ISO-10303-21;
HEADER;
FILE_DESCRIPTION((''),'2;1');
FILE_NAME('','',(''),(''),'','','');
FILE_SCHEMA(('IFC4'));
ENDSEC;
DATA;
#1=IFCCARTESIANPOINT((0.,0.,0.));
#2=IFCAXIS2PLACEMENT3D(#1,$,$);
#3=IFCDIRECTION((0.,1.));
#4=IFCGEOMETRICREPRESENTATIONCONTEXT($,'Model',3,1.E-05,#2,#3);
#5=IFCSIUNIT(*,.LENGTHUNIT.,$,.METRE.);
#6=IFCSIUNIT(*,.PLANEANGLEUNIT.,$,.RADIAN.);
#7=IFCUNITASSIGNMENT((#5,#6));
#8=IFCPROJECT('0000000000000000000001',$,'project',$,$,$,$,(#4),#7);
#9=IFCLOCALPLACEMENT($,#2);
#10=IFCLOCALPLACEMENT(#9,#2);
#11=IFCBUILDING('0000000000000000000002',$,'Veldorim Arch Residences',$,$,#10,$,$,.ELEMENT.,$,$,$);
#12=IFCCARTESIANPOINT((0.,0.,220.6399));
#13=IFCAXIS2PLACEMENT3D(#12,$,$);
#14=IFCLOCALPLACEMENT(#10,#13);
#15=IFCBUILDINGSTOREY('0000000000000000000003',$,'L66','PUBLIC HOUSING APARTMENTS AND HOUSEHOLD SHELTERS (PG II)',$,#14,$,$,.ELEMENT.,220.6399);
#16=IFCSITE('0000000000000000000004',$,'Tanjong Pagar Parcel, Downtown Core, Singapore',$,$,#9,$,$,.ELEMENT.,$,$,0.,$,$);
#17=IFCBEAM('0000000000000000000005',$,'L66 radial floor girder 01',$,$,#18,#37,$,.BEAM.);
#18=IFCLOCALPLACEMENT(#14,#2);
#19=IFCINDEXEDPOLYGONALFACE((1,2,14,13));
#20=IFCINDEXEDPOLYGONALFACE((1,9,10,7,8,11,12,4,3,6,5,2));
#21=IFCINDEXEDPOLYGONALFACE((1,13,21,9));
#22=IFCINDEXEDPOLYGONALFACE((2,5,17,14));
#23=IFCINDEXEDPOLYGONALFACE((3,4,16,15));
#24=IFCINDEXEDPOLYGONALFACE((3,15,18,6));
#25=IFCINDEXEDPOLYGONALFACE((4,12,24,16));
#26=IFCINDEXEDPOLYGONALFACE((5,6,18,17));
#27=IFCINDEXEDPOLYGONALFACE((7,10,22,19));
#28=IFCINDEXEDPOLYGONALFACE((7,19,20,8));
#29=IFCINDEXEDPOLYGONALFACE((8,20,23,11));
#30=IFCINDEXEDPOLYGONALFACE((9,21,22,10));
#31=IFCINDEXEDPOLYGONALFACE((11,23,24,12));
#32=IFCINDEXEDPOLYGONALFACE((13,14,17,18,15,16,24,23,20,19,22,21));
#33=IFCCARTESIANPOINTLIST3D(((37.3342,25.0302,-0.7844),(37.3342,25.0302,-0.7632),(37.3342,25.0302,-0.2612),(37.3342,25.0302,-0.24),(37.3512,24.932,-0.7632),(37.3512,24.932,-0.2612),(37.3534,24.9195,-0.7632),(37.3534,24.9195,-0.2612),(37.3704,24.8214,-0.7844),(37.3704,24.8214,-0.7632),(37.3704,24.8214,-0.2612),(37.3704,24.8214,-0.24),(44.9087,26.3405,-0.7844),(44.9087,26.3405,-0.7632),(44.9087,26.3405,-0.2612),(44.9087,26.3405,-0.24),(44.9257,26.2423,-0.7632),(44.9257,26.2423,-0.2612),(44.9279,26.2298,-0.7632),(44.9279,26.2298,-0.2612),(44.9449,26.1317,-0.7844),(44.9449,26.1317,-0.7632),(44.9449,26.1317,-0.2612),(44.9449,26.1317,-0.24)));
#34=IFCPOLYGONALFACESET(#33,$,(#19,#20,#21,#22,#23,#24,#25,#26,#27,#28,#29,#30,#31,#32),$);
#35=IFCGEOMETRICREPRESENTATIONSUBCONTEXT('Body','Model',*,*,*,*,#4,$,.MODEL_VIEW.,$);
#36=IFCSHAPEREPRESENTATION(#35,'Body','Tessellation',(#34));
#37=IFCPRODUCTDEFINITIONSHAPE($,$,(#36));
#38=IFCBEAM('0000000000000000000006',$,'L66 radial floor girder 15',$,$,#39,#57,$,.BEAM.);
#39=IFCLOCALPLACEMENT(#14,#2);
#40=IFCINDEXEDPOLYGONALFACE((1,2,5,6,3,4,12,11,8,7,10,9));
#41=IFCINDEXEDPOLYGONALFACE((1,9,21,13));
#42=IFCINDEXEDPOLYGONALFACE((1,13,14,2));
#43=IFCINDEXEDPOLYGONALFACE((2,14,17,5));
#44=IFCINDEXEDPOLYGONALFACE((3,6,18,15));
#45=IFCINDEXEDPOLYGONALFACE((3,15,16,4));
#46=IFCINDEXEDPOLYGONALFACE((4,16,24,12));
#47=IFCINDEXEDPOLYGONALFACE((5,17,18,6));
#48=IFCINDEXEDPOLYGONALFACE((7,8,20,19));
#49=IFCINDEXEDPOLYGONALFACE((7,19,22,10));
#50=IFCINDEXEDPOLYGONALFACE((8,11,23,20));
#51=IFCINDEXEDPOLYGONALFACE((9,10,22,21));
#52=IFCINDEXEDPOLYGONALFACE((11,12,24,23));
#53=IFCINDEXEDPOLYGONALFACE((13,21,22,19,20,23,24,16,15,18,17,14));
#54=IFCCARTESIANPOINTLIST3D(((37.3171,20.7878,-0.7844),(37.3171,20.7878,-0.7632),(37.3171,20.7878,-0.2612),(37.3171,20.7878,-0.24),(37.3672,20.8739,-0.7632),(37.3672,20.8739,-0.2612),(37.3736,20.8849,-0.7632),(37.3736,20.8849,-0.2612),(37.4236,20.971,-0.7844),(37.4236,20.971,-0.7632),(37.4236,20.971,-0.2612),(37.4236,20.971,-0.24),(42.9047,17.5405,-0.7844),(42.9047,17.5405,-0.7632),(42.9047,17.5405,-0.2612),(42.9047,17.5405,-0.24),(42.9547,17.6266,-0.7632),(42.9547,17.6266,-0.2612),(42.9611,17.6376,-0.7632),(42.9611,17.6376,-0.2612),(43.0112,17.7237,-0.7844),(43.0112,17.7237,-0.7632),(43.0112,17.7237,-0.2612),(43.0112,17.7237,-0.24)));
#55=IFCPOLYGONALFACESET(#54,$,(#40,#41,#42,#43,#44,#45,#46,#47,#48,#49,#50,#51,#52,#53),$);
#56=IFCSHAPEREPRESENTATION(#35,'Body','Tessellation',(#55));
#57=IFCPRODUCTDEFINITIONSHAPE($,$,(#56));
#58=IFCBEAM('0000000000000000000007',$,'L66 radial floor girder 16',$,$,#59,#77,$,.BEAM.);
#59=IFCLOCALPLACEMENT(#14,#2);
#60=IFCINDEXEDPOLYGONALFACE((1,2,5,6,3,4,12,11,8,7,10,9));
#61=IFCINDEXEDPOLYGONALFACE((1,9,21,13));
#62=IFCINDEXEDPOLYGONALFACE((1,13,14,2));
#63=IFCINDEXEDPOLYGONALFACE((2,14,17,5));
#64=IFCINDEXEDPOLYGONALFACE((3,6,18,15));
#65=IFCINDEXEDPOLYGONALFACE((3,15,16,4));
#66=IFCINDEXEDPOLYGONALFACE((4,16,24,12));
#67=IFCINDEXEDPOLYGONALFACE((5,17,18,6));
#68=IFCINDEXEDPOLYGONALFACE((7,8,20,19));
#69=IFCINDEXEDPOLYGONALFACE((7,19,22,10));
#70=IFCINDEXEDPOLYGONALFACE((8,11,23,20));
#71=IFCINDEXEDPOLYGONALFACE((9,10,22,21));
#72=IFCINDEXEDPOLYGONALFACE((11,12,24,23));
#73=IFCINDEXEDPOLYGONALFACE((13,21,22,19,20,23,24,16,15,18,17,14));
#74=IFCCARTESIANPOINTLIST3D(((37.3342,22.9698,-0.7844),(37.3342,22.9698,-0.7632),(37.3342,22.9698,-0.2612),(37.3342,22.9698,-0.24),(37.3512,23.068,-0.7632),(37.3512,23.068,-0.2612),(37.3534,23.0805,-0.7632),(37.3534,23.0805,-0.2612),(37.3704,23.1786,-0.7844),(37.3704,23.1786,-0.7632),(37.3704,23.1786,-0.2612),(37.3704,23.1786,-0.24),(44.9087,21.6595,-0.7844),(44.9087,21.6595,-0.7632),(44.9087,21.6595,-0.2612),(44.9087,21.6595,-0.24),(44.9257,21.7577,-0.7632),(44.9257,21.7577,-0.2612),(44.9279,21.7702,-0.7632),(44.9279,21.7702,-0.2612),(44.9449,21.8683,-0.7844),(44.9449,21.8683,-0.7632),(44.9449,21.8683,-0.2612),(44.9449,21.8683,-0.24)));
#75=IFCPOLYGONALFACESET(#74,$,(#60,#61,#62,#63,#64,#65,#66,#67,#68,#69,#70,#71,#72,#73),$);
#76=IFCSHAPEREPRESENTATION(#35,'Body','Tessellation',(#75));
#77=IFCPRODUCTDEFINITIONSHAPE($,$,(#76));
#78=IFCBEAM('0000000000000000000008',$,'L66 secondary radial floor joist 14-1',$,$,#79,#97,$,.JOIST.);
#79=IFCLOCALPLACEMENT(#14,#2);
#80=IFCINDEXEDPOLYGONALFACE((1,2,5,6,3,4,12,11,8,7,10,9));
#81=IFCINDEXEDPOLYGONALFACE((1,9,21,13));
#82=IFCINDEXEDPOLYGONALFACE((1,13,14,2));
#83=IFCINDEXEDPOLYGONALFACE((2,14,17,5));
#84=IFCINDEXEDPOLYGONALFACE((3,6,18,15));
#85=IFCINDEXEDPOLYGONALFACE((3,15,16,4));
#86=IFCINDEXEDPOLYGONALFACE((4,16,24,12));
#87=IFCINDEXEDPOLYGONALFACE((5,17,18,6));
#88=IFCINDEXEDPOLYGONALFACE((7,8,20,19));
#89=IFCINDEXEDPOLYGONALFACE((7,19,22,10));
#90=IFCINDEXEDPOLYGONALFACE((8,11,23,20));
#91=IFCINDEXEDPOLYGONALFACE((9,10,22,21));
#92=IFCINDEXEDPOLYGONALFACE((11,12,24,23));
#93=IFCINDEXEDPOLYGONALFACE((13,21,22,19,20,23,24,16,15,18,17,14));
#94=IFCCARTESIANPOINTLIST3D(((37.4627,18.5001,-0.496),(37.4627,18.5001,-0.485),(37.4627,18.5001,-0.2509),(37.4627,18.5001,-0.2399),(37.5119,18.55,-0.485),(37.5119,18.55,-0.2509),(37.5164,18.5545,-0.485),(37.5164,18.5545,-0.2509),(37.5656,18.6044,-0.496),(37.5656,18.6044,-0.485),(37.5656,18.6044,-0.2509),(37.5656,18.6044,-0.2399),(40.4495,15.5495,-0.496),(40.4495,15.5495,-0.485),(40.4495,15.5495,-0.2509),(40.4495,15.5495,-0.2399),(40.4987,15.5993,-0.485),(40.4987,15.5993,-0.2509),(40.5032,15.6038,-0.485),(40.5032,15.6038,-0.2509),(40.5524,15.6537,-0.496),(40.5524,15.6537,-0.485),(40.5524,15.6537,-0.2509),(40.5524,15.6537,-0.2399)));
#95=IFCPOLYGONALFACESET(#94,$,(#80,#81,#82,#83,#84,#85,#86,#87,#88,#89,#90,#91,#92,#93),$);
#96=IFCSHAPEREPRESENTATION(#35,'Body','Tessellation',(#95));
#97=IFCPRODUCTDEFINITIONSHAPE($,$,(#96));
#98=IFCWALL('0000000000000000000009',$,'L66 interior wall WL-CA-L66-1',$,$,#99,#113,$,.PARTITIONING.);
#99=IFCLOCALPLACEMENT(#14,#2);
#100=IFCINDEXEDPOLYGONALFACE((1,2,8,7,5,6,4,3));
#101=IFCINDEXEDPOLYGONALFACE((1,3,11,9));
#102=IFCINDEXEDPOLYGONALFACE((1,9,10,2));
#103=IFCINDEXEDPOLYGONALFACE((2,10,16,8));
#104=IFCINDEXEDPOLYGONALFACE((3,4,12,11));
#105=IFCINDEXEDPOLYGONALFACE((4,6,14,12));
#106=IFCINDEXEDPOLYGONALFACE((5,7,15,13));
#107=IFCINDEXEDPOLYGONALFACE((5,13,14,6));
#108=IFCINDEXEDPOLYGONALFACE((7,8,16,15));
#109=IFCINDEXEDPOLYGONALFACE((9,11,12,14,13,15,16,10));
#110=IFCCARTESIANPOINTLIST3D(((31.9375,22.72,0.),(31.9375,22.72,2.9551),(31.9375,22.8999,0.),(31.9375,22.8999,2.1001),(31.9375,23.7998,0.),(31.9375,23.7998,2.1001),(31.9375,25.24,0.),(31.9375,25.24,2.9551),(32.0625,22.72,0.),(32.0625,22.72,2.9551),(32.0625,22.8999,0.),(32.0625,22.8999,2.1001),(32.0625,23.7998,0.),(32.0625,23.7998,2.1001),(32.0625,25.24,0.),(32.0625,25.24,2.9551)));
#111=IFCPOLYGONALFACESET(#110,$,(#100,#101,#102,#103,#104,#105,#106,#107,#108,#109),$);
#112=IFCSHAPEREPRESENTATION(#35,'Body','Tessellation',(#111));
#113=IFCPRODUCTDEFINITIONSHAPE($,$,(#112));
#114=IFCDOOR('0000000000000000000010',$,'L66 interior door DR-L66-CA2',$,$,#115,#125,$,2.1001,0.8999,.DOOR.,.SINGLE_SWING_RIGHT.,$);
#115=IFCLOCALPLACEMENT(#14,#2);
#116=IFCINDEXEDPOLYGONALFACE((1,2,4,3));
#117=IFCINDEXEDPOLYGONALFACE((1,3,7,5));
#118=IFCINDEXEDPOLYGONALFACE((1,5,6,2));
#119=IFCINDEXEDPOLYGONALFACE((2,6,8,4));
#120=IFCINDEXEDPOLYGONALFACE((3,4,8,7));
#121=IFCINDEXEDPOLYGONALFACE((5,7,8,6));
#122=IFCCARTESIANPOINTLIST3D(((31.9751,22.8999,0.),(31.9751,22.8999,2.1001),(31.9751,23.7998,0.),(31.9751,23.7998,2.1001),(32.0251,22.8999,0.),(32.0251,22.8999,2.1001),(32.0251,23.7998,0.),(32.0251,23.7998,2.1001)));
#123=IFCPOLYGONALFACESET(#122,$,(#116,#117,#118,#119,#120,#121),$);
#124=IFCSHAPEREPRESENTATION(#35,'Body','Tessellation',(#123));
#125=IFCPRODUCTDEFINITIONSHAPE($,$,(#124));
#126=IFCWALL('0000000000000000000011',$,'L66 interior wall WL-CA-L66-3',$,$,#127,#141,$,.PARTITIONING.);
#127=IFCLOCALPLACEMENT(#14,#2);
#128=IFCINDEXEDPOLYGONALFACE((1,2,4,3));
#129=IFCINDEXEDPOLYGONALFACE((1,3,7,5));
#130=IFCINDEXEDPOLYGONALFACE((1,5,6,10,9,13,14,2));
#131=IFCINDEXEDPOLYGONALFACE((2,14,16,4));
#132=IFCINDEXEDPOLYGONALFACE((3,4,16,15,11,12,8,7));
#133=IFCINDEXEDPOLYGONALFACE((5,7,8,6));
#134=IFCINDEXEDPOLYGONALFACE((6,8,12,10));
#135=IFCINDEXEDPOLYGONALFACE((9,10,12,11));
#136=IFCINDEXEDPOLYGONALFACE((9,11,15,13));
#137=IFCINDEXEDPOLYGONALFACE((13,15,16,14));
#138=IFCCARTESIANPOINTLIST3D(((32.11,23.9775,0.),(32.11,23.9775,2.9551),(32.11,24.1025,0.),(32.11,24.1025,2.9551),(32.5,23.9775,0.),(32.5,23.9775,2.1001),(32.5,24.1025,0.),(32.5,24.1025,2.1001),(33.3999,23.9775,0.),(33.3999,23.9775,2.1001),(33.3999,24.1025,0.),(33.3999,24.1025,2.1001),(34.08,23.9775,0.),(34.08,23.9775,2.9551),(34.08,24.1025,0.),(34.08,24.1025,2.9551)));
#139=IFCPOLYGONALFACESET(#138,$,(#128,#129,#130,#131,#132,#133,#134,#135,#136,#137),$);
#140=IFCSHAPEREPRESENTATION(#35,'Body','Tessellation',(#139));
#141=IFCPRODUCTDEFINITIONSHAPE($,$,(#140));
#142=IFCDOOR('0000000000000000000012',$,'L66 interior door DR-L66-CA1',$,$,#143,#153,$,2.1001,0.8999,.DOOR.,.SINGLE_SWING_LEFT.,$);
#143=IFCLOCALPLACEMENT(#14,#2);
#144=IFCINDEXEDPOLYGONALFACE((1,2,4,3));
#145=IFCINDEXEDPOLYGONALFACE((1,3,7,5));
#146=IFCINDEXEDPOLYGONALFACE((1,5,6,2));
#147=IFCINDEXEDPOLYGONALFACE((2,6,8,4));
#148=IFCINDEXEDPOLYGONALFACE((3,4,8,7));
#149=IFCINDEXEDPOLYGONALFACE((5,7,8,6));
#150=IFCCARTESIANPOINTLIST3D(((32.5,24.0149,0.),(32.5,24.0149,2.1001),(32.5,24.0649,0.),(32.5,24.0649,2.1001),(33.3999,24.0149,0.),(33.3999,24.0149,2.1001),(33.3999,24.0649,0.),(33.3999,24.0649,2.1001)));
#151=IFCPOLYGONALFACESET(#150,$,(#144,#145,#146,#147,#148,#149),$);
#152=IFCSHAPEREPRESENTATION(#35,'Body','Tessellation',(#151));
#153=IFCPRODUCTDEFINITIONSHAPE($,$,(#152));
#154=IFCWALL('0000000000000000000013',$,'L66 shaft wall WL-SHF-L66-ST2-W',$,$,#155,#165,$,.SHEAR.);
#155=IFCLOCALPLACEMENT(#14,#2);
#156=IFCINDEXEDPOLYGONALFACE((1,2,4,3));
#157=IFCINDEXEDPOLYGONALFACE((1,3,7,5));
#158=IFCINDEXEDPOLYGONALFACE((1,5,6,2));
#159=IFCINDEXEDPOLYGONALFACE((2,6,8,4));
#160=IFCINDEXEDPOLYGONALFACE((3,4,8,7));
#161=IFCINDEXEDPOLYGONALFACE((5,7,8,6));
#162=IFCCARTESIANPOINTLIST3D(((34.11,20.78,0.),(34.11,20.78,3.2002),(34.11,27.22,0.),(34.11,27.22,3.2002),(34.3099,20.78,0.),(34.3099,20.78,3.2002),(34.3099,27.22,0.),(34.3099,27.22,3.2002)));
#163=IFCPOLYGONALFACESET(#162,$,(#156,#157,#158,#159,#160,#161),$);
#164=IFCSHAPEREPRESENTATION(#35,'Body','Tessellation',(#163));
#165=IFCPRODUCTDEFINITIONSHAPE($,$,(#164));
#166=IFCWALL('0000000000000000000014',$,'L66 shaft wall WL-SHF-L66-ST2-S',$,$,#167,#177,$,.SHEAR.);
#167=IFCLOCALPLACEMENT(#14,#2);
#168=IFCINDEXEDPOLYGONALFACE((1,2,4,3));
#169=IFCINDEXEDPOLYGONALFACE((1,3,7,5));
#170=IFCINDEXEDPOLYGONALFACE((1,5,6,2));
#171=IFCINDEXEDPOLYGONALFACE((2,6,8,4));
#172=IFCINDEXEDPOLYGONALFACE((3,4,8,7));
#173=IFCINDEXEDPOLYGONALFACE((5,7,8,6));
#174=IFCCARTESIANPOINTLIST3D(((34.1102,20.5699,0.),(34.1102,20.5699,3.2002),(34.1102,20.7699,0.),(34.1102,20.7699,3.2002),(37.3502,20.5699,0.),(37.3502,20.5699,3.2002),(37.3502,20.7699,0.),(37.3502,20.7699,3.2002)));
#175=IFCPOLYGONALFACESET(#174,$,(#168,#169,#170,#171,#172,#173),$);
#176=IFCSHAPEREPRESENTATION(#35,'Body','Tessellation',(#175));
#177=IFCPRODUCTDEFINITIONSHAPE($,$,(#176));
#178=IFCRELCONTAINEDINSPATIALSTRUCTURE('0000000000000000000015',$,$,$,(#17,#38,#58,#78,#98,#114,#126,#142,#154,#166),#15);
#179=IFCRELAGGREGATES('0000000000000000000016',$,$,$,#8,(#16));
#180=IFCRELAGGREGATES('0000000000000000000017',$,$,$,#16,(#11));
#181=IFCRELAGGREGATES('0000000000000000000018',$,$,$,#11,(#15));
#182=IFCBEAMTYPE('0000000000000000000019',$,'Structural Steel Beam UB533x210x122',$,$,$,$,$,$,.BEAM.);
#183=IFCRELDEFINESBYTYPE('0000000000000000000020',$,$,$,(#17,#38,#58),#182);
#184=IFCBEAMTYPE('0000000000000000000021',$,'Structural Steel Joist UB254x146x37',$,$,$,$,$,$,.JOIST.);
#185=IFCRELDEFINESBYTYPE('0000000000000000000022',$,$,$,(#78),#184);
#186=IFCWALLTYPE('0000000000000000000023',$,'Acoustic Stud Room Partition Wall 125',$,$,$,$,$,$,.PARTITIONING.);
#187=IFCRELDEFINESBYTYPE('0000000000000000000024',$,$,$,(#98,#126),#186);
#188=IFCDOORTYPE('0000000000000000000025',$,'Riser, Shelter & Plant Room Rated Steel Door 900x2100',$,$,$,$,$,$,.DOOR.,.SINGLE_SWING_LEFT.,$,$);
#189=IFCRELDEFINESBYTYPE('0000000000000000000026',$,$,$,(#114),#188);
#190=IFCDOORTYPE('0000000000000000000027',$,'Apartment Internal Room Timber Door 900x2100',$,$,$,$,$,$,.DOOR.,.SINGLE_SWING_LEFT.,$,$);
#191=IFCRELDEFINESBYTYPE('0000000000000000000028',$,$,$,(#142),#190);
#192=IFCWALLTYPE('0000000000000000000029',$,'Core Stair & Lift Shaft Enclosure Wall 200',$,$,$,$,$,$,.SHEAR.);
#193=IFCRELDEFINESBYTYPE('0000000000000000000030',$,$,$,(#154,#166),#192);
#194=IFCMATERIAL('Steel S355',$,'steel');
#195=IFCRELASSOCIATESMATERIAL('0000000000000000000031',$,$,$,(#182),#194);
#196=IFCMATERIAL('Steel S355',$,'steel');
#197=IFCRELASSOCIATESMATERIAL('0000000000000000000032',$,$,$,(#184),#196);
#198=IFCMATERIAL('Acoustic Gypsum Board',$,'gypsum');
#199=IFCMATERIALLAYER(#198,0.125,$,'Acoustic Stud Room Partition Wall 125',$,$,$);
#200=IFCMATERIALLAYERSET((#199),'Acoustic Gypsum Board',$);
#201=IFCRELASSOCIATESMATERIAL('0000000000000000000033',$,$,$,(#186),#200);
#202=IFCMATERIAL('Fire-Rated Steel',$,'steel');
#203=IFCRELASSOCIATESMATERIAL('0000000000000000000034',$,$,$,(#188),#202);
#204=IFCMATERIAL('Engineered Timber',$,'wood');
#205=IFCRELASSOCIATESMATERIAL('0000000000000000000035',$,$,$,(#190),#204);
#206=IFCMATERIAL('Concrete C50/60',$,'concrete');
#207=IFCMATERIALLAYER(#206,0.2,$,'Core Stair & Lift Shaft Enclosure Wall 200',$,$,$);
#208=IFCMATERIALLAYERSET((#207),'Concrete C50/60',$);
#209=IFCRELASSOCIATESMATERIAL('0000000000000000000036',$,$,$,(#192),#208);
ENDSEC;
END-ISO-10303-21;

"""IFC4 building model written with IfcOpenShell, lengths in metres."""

from ifc_helpers import new_model, si_unit, direction, frame, frame_2d, origin, origin_2d, place, context, subcontext, project, spatial, rectangle, i_section, extrude, material, layer, layer_set, material_profile, profile_set, type_object, element, fill, save


model = new_model("IFC4")

# Units and contexts
model_context = context("Model", 3, precision=1e-05, world=origin(), true_north=direction((0.0, 1.0)))
body_context = subcontext(model_context, "Body", "Model", "MODEL_VIEW")
ifc_project = project(units=[si_unit("LENGTHUNIT", "METRE"), si_unit("PLANEANGLEUNIT", "RADIAN")], contexts=[model_context])

# Site, building, storey
site_placement = place(None, origin())
site = spatial("IfcSite", under=ifc_project, at=site_placement, Name="Tanjong Pagar Parcel, Downtown Core, Singapore", CompositionType="ELEMENT", RefElevation=0.0)
building_placement = place(site_placement, origin())
building = spatial("IfcBuilding", under=site, at=building_placement, Name="Veldorim Arch Residences", CompositionType="ELEMENT")
storey_placement = place(building_placement, frame((0.0, 0.0, 220.6399)))
storey = spatial("IfcBuildingStorey", under=building, at=storey_placement, Name="L66", Description="PUBLIC HOUSING APARTMENTS AND HOUSEHOLD SHELTERS (PG II)", CompositionType="ELEMENT", Elevation=220.6399)

# Beams
ifc_material_1 = material(Name="Steel S355", Category="steel")
ifc_material_profile_1 = material_profile(ifc_material_1, i_section(OverallWidth=0.2119, OverallDepth=0.5444, WebThickness=0.0127, FlangeThickness=0.0212, at=origin_2d()), Name="UB533x210x122")
ifc_profile_set_1 = profile_set([ifc_material_profile_1], Name="Steel S355")
beam_type_1 = type_object("IfcBeamType", Name="Structural Steel Beam UB533x210x122", PredefinedType="BEAM", material=ifc_profile_set_1)
beam_1_placement = place(storey_placement, frame((37.3523, 24.9258, -0.5122), z_axis=(0.985365, 0.170458, 0.0), x_axis=(-0.170458, 0.985365, 0.0)))
element("IfcBeam", 1, at=beam_1_placement, inside=storey, type_object=beam_type_1, Name="L66 radial floor girder 01", PredefinedType="BEAM", context=body_context, shape_type="SweptSolid", body=[
    extrude(i_section(OverallWidth=0.2119, OverallDepth=0.5444, WebThickness=0.0127, FlangeThickness=0.0212, at=origin_2d()), origin(), (0.0, 0.0, 1.0), 7.687),
])
beam_2_placement = place(storey_placement, frame((37.3704, 20.8794, -0.5122), z_axis=(0.864596, -0.502468, 0.0), x_axis=(0.502468, 0.864596, 0.0)))
element("IfcBeam", 2, at=beam_2_placement, inside=storey, type_object=beam_type_1, Name="L66 radial floor girder 15", PredefinedType="BEAM", context=body_context, shape_type="SweptSolid", body=[
    extrude(i_section(OverallWidth=0.2119, OverallDepth=0.5444, WebThickness=0.0127, FlangeThickness=0.0212, at=origin_2d()), origin(), (0.0, 0.0, 1.0), 6.4626),
])
beam_3_placement = place(storey_placement, frame((37.3523, 23.0742, -0.5122), z_axis=(0.985365, -0.170458, 0.0), x_axis=(0.170458, 0.985365, 0.0)))
element("IfcBeam", 3, at=beam_3_placement, inside=storey, type_object=beam_type_1, Name="L66 radial floor girder 16", PredefinedType="BEAM", context=body_context, shape_type="SweptSolid", body=[
    extrude(i_section(OverallWidth=0.2119, OverallDepth=0.5444, WebThickness=0.0127, FlangeThickness=0.0212, at=origin_2d()), origin(), (0.0, 0.0, 1.0), 7.687),
])
ifc_material_2 = material(Name="Steel S355", Category="steel")
ifc_material_profile_2 = material_profile(ifc_material_2, i_section(OverallWidth=0.1465, OverallDepth=0.2561, WebThickness=0.0063, FlangeThickness=0.011, at=origin_2d()), Name="UB254x146x37")
ifc_profile_set_2 = profile_set([ifc_material_profile_2], Name="Steel S355")
beam_type_2 = type_object("IfcBeamType", Name="Structural Steel Joist UB254x146x37", PredefinedType="JOIST", material=ifc_profile_set_2)
beam_4_placement = place(storey_placement, frame((37.5142, 18.5522, -0.3679), z_axis=(0.711397, -0.702791, 0.0), x_axis=(0.702791, 0.711397, 0.0)))
element("IfcBeam", 4, at=beam_4_placement, inside=storey, type_object=beam_type_2, Name="L66 secondary radial floor joist 14-1", PredefinedType="JOIST", context=body_context, shape_type="SweptSolid", body=[
    extrude(i_section(OverallWidth=0.1465, OverallDepth=0.2561, WebThickness=0.0063, FlangeThickness=0.011, at=origin_2d()), origin(), (0.0, 0.0, 1.0), 4.1985),
])

# Walls, openings, doors
ifc_material_3 = material(Name="Acoustic Gypsum Board", Category="gypsum")
ifc_layer_1 = layer(ifc_material_3, 0.125, Name="Acoustic Stud Room Partition Wall 125")
ifc_layer_set_1 = layer_set([ifc_layer_1], Name="Acoustic Gypsum Board")
wall_type_1 = type_object("IfcWallType", Name="Acoustic Stud Room Partition Wall 125", PredefinedType="PARTITIONING", material=ifc_layer_set_1)
wall_1_placement = place(storey_placement, frame((32.0, 22.72, 0.0), z_axis=(0.0, 0.0, 1.0), x_axis=(0.0, 1.0, 0.0)))
wall_1 = element("IfcWall", 5, at=wall_1_placement, inside=storey, type_object=wall_type_1, Name="L66 interior wall WL-CA-L66-1", PredefinedType="PARTITIONING", context=body_context, shape_type="SweptSolid", body=[
    extrude(rectangle(XDim=2.52, YDim=0.125, at=frame_2d((1.26, 0.0))), origin(), (0.0, 0.0, 1.0), 2.9551),
])
opening_1_placement = place(wall_1_placement, frame((0.1799, 0.0, 0.0)))
opening_1 = element("IfcOpeningElement", 6, at=opening_1_placement, cuts=wall_1, PredefinedType="OPENING", context=body_context, shape_type="SweptSolid", body=[
    extrude(rectangle(XDim=0.8999, YDim=2.1001, at=frame_2d((0.45, 1.05))), frame((0.0, 0.0725, 0.0), z_axis=(0.0, -1.0, 0.0), x_axis=(1.0, 0.0, 0.0)), (0.0, 0.0, 1.0), 0.145),
])
ifc_material_4 = material(Name="Fire-Rated Steel", Category="steel")
door_type_1 = type_object("IfcDoorType", Name="Riser, Shelter & Plant Room Rated Steel Door 900x2100", OperationType="SINGLE_SWING_LEFT", PredefinedType="DOOR", material=ifc_material_4)
door_1_placement = place(opening_1_placement, origin())
door_1 = element("IfcDoor", 7, at=door_1_placement, inside=storey, type_object=door_type_1, Name="L66 interior door DR-L66-CA2", OperationType="SINGLE_SWING_RIGHT", OverallHeight=2.1001, OverallWidth=0.8999, PredefinedType="DOOR", context=body_context, shape_type="SweptSolid", body=[
    extrude(rectangle(XDim=0.8999, YDim=2.1001, at=frame_2d((0.45, 1.05))), frame((0.0, 0.0249, 0.0), z_axis=(0.0, -1.0, 0.0), x_axis=(1.0, 0.0, 0.0)), (0.0, 0.0, 1.0), 0.05),
])
fill(opening_1, door_1)
wall_2_placement = place(storey_placement, frame((32.1101, 24.04, 0.0), z_axis=(0.0, 0.0, 1.0), x_axis=(1.0, 0.0, 0.0)))
wall_2 = element("IfcWall", 8, at=wall_2_placement, inside=storey, type_object=wall_type_1, Name="L66 interior wall WL-CA-L66-3", PredefinedType="PARTITIONING", context=body_context, shape_type="SweptSolid", body=[
    extrude(rectangle(XDim=1.97, YDim=0.125, at=frame_2d((0.9849, 0.0))), origin(), (0.0, 0.0, 1.0), 2.9551),
])
opening_2_placement = place(wall_2_placement, frame((0.3899, 0.0, 0.0)))
opening_2 = element("IfcOpeningElement", 9, at=opening_2_placement, cuts=wall_2, PredefinedType="OPENING", context=body_context, shape_type="SweptSolid", body=[
    extrude(rectangle(XDim=0.8999, YDim=2.1001, at=frame_2d((0.45, 1.05))), frame((0.0, 0.0725, 0.0), z_axis=(0.0, -1.0, 0.0), x_axis=(1.0, 0.0, 0.0)), (0.0, 0.0, 1.0), 0.145),
])
ifc_material_5 = material(Name="Engineered Timber", Category="wood")
door_type_2 = type_object("IfcDoorType", Name="Apartment Internal Room Timber Door 900x2100", OperationType="SINGLE_SWING_LEFT", PredefinedType="DOOR", material=ifc_material_5)
door_2_placement = place(opening_2_placement, origin())
door_2 = element("IfcDoor", 10, at=door_2_placement, inside=storey, type_object=door_type_2, Name="L66 interior door DR-L66-CA1", OperationType="SINGLE_SWING_LEFT", OverallHeight=2.1001, OverallWidth=0.8999, PredefinedType="DOOR", context=body_context, shape_type="SweptSolid", body=[
    extrude(rectangle(XDim=0.8999, YDim=2.1001, at=frame_2d((0.45, 1.05))), frame((0.0, 0.0249, 0.0), z_axis=(0.0, -1.0, 0.0), x_axis=(1.0, 0.0, 0.0)), (0.0, 0.0, 1.0), 0.05),
])
fill(opening_2, door_2)

# Walls
ifc_material_6 = material(Name="Concrete C50/60", Category="concrete")
ifc_layer_2 = layer(ifc_material_6, 0.2, Name="Core Stair & Lift Shaft Enclosure Wall 200")
ifc_layer_set_2 = layer_set([ifc_layer_2], Name="Concrete C50/60")
wall_type_2 = type_object("IfcWallType", Name="Core Stair & Lift Shaft Enclosure Wall 200", PredefinedType="SHEAR", material=ifc_layer_set_2)
wall_3_placement = place(storey_placement, frame((34.21, 20.78, 0.0), z_axis=(0.0, 0.0, 1.0), x_axis=(0.0, 1.0, 0.0)))
element("IfcWall", 11, at=wall_3_placement, inside=storey, type_object=wall_type_2, Name="L66 shaft wall WL-SHF-L66-ST2-W", PredefinedType="SHEAR", context=body_context, shape_type="SweptSolid", body=[
    extrude(rectangle(XDim=6.4399, YDim=0.2, at=frame_2d((3.22, 0.0))), origin(), (0.0, 0.0, 1.0), 3.2002),
])
wall_4_placement = place(storey_placement, frame((34.1101, 20.6699, 0.0), z_axis=(0.0, 0.0, 1.0), x_axis=(1.0, 0.0, 0.0)))
element("IfcWall", 12, at=wall_4_placement, inside=storey, type_object=wall_type_2, Name="L66 shaft wall WL-SHF-L66-ST2-S", PredefinedType="SHEAR", context=body_context, shape_type="SweptSolid", body=[
    extrude(rectangle(XDim=3.24, YDim=0.2, at=frame_2d((1.6201, 0.0))), origin(), (0.0, 0.0, 1.0), 3.2002),
])

save(model, "model.ifc")
